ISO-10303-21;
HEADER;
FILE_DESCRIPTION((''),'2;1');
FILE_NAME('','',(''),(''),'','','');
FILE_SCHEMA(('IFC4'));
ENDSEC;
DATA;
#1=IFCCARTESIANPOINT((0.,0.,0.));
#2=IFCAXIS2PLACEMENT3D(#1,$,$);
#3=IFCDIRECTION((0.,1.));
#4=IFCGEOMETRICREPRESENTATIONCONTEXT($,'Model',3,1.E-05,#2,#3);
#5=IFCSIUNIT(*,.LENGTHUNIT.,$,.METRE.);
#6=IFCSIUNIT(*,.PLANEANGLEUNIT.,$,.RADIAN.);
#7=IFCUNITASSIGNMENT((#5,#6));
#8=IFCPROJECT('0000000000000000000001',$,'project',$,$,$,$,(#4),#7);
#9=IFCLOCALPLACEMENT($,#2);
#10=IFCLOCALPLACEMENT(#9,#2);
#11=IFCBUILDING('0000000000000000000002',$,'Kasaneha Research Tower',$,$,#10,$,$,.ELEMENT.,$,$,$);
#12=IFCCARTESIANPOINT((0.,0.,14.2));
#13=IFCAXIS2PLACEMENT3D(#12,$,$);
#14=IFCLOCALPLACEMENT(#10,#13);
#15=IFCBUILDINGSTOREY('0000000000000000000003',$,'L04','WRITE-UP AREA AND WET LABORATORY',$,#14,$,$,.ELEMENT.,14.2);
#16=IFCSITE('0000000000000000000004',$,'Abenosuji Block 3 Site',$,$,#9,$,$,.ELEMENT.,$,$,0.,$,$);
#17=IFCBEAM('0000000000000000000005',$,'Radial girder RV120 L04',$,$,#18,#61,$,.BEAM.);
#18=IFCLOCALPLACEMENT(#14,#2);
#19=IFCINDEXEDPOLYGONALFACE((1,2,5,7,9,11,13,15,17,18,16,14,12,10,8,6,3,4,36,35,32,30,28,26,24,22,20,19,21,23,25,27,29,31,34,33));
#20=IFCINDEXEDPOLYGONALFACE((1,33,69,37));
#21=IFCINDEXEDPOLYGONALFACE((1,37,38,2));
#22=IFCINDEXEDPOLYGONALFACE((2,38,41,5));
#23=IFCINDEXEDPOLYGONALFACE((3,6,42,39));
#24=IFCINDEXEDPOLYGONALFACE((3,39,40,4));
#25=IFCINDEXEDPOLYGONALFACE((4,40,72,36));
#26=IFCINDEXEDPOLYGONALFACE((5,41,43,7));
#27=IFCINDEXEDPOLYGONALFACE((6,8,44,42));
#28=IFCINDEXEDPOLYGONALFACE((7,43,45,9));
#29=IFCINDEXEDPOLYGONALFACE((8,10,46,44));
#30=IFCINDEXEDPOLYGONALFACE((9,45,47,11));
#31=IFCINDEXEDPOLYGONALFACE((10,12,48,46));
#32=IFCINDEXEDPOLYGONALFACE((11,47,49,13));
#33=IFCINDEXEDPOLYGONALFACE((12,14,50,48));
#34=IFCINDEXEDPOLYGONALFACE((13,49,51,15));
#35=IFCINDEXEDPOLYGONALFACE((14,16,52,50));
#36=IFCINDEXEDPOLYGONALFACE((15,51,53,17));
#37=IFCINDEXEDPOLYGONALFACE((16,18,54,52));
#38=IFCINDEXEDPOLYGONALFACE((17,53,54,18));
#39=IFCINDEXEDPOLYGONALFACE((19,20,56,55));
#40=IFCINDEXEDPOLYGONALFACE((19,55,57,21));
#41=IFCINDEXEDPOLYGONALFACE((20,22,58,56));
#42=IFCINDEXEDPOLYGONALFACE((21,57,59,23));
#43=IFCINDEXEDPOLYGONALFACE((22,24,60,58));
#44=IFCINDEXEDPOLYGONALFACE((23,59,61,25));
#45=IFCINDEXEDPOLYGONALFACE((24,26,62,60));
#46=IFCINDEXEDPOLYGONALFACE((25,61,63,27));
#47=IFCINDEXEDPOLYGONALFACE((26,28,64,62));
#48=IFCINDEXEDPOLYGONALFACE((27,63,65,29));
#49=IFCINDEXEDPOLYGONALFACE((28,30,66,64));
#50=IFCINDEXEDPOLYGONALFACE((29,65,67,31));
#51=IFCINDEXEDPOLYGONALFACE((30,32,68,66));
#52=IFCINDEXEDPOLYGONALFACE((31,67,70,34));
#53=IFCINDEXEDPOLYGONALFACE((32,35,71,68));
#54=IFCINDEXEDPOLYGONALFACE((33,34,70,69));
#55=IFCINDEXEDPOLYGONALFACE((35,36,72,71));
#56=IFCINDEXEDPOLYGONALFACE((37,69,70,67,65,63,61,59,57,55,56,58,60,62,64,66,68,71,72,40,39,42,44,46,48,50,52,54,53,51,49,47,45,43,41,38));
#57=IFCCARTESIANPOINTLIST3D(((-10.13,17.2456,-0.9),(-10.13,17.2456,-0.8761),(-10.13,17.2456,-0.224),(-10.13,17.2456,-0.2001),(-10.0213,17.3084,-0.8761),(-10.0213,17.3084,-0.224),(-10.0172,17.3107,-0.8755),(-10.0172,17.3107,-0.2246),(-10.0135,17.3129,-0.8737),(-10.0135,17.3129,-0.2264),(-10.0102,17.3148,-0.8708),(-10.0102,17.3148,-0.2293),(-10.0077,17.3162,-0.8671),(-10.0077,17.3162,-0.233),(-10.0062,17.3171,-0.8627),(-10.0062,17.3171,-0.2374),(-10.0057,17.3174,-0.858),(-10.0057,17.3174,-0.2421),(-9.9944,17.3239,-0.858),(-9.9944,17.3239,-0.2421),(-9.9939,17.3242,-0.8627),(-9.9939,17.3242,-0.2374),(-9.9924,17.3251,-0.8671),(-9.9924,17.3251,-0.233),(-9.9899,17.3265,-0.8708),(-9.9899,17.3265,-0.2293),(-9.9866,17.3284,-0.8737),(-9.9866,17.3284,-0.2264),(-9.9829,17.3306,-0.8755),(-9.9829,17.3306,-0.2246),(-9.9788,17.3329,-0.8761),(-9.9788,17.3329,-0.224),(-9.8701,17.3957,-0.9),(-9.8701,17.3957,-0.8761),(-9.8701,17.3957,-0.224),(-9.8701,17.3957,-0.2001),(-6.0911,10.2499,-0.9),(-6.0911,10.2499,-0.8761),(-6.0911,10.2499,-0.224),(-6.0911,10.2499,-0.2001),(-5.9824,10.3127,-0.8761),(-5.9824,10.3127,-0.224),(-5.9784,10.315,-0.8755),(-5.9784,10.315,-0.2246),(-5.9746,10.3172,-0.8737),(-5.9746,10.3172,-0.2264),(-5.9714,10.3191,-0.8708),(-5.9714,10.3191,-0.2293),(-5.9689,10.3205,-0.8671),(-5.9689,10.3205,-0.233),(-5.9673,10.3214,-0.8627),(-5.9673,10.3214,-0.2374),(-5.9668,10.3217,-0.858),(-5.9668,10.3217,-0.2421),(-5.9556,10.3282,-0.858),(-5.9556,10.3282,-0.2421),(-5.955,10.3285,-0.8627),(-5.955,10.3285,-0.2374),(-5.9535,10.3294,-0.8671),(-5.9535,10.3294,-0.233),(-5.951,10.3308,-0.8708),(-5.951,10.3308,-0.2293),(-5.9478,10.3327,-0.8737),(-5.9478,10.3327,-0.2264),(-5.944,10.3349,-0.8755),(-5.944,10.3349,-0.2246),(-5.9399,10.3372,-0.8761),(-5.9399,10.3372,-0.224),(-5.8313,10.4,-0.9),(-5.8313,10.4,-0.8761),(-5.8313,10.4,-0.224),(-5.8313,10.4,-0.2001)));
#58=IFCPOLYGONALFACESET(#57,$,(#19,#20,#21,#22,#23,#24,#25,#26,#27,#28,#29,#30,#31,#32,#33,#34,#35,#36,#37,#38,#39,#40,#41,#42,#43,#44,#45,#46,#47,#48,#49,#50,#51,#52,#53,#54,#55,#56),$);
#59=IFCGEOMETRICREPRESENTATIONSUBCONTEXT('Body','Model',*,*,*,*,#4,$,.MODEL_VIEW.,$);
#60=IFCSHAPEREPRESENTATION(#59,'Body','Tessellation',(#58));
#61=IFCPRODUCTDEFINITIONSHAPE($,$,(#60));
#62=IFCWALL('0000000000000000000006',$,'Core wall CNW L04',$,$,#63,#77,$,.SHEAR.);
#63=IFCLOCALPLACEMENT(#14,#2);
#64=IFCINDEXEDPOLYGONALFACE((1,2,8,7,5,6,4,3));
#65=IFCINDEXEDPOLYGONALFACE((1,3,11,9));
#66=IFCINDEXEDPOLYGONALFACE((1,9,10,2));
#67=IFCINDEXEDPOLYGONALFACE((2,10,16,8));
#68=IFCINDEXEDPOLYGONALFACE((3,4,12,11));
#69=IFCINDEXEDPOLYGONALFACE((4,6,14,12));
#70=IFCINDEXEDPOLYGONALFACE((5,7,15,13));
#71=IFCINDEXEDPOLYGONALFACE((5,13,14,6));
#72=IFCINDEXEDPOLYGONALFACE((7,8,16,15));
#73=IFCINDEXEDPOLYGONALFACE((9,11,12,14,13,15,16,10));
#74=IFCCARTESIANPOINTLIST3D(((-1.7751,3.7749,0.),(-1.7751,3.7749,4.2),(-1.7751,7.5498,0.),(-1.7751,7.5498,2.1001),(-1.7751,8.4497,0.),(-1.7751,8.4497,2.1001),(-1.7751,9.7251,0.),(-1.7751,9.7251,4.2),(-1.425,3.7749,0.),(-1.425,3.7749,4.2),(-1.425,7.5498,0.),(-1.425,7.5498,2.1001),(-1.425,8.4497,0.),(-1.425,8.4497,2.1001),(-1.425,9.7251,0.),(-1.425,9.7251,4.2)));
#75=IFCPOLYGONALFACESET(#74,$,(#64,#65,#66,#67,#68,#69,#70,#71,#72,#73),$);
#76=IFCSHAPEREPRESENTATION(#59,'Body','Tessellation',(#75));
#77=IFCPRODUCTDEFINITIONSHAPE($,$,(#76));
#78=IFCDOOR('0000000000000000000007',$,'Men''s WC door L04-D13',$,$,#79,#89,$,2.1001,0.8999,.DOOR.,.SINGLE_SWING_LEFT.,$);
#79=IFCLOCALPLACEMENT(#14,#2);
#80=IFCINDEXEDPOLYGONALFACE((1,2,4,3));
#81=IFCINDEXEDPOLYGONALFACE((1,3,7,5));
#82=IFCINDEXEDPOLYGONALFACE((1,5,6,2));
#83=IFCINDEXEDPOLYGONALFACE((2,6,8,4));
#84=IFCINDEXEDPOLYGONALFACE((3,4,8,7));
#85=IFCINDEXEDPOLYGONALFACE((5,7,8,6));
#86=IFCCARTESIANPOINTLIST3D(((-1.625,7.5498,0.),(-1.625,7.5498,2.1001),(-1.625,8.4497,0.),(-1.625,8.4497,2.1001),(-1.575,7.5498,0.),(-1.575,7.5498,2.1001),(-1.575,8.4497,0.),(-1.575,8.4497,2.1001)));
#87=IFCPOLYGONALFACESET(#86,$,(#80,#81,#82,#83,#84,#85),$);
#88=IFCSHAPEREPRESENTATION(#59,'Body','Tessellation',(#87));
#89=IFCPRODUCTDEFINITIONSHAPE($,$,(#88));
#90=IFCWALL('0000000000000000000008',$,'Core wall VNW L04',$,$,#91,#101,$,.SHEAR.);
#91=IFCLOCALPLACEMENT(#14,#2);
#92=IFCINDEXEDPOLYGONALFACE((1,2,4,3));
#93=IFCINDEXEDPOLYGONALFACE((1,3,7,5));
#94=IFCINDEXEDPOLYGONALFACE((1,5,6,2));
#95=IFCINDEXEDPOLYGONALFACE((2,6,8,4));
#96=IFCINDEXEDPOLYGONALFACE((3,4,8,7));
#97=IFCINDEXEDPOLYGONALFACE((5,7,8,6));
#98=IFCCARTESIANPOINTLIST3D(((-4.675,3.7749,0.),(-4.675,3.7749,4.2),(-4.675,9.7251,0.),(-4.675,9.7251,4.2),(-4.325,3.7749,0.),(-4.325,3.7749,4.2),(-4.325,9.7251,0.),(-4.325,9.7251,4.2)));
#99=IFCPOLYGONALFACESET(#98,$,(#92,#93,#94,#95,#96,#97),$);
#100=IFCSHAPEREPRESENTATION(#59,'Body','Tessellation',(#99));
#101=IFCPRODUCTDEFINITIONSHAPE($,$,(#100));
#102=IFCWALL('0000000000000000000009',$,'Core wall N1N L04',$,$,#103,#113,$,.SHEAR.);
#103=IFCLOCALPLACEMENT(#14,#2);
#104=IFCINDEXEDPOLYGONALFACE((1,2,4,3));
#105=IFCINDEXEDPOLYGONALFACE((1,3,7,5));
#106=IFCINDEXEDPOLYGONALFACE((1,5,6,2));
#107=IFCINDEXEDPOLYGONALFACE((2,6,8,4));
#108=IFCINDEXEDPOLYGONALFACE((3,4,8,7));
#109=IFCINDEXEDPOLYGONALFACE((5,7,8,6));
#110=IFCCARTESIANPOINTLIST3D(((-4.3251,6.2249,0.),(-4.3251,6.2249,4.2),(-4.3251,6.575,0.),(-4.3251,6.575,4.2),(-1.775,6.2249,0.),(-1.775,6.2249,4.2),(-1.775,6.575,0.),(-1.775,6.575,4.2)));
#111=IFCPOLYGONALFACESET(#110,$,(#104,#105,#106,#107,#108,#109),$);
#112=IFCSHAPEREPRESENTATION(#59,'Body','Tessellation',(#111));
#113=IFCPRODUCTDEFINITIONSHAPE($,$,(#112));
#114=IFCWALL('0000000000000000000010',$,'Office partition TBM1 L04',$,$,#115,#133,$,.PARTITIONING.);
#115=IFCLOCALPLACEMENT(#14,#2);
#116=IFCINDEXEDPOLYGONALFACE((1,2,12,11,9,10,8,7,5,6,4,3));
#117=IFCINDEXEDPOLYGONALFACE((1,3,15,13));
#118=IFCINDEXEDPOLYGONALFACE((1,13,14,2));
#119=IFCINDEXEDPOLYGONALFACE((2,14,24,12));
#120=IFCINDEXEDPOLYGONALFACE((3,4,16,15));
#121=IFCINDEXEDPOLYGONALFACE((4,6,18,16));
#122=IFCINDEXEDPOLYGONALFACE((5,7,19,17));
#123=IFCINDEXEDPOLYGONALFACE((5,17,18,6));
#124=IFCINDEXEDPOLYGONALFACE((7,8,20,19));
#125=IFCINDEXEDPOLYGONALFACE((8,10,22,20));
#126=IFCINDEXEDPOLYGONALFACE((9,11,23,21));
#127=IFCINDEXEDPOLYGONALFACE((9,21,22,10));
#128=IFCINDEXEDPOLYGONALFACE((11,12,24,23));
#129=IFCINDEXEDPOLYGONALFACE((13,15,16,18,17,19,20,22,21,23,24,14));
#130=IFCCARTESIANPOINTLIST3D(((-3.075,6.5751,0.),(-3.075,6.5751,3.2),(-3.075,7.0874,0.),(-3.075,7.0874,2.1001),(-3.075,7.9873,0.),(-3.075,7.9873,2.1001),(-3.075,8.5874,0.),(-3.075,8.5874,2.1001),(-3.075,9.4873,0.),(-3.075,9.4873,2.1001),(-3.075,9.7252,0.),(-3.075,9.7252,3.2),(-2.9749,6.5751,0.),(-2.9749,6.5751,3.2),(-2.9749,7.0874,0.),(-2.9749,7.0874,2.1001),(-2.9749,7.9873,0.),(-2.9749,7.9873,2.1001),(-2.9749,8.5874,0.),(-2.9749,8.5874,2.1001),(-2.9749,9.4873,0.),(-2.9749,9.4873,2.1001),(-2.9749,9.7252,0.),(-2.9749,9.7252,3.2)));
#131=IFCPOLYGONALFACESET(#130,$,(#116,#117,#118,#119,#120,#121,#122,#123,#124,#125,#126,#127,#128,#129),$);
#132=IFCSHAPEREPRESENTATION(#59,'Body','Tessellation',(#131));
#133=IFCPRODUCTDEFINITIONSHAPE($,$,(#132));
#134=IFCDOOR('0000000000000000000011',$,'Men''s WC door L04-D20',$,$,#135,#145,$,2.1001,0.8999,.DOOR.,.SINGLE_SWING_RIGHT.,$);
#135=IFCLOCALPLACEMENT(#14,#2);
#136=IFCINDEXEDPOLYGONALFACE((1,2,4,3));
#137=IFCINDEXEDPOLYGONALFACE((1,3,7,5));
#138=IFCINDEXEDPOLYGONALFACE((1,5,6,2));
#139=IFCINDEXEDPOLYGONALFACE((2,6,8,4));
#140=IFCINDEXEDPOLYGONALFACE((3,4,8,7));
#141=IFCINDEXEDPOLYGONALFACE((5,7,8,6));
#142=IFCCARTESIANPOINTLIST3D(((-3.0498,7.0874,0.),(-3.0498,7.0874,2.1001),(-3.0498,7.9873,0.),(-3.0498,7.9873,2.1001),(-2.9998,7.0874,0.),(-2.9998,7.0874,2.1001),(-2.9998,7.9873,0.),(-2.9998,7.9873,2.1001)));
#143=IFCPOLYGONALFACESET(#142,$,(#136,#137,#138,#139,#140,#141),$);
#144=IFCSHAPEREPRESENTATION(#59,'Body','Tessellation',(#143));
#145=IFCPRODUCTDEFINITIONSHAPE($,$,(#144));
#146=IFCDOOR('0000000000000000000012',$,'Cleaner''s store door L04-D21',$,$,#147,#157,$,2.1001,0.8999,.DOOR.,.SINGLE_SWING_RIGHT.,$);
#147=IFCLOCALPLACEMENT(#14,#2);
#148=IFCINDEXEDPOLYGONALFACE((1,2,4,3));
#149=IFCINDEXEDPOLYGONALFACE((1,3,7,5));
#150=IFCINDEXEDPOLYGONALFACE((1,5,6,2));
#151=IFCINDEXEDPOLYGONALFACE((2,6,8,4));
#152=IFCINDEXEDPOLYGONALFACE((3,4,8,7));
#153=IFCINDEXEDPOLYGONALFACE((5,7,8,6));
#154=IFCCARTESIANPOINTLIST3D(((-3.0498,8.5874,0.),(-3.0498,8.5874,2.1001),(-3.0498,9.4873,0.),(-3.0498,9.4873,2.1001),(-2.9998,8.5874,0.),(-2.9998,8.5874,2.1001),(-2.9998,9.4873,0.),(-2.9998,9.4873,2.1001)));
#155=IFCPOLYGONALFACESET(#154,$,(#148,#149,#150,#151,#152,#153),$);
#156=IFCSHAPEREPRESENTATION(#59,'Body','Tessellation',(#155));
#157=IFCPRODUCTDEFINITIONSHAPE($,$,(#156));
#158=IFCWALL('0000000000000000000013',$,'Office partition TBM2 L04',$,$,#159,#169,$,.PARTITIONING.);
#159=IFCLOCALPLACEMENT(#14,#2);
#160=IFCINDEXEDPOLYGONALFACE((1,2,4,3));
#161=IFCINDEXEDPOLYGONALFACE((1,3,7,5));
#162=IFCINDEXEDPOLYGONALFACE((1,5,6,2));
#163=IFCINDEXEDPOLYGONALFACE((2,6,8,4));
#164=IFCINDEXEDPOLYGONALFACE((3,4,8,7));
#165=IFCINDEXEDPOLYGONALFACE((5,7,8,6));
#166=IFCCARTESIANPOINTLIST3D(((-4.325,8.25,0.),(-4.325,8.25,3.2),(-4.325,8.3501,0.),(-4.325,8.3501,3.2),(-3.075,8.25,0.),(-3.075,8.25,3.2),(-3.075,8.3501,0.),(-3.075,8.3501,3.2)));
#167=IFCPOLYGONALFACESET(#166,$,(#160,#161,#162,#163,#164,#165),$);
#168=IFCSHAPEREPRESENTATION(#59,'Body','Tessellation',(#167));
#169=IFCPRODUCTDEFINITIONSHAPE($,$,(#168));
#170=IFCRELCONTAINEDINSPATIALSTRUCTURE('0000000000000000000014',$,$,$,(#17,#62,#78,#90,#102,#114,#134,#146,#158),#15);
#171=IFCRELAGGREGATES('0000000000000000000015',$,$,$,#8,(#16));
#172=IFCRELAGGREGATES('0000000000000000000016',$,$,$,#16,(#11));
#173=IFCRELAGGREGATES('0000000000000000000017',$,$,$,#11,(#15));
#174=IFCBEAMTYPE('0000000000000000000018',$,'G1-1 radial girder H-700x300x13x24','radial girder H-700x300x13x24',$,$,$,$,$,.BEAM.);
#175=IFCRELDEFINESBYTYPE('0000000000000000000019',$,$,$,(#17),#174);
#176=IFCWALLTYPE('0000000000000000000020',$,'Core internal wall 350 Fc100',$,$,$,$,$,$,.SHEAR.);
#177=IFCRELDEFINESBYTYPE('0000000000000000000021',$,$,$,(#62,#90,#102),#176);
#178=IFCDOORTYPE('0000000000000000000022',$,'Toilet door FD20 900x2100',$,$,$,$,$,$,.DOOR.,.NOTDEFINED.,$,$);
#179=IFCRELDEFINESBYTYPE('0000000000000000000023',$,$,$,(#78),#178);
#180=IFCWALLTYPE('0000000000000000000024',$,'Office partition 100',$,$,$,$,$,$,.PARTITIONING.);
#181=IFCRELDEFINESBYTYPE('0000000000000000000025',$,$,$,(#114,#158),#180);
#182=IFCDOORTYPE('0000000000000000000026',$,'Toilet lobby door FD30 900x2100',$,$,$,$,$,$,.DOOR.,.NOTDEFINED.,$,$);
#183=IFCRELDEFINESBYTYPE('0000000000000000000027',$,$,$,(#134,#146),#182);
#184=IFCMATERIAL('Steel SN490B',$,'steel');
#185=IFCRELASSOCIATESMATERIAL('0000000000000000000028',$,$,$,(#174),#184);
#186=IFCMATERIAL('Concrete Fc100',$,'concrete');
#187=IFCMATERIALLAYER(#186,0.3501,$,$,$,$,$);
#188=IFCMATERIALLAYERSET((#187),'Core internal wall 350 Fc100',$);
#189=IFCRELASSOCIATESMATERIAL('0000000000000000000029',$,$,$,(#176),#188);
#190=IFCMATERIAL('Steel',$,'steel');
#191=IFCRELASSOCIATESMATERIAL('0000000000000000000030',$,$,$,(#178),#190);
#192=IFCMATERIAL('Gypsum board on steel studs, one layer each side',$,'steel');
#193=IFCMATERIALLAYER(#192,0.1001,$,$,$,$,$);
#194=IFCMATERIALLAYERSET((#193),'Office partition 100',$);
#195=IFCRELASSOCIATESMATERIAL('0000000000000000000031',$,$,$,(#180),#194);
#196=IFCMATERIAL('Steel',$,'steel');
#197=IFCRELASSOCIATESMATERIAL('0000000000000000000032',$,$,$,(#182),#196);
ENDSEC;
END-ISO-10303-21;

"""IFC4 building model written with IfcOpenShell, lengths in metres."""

from ifc_helpers import new_model, si_unit, direction, frame, frame_2d, origin, origin_2d, place, context, subcontext, project, spatial, rectangle, i_section, extrude, material, layer, layer_set, material_profile, profile_set, type_object, element, fill, save


model = new_model("IFC4")

# Units and contexts
model_context = context("Model", 3, precision=1e-05, world=origin(), true_north=direction((0.0, 1.0)))
body_context = subcontext(model_context, "Body", "Model", "MODEL_VIEW")
ifc_project = project(units=[si_unit("LENGTHUNIT", "METRE"), si_unit("PLANEANGLEUNIT", "RADIAN")], contexts=[model_context])

# Site, building, storey
site_placement = place(None, origin())
site = spatial("IfcSite", under=ifc_project, at=site_placement, Name="Abenosuji Block 3 Site", CompositionType="ELEMENT", RefElevation=0.0)
building_placement = place(site_placement, origin())
building = spatial("IfcBuilding", under=site, at=building_placement, Name="Kasaneha Research Tower", CompositionType="ELEMENT")
storey_placement = place(building_placement, frame((0.0, 0.0, 14.2)))
storey = spatial("IfcBuildingStorey", under=building, at=storey_placement, Name="L04", Description="WRITE-UP AREA AND WET LABORATORY", CompositionType="ELEMENT", Elevation=14.2)

# Beam
ifc_material_1 = material(Name="Steel SN490B", Category="steel")
ifc_material_profile = material_profile(ifc_material_1, i_section(OverallWidth=0.3, OverallDepth=0.7, WebThickness=0.0129, FlangeThickness=0.0239, FilletRadius=0.0181, at=origin_2d()), Name="H-700x300x13x24")
ifc_profile_set = profile_set([ifc_material_profile], Name="Steel SN490B")
beam_type = type_object("IfcBeamType", Name="G1-1 radial girder H-700x300x13x24", Description="radial girder H-700x300x13x24", PredefinedType="BEAM", material=ifc_profile_set)
beam_placement = place(storey_placement, frame((-5.9612, 10.325, -0.55), z_axis=(-0.499991, 0.866031, 0.0), x_axis=(-0.866031, -0.499991, 0.0)))
element("IfcBeam", 1, at=beam_placement, inside=storey, type_object=beam_type, Name="Radial girder RV120 L04", PredefinedType="BEAM", context=body_context, shape_type="SweptSolid", body=[
    extrude(i_section(OverallWidth=0.3, OverallDepth=0.7, WebThickness=0.0129, FlangeThickness=0.0239, FilletRadius=0.0181, at=origin_2d()), origin(), (0.0, 0.0, 1.0), 8.0779),
])

# Wall, opening, door
ifc_material_2 = material(Name="Concrete Fc100", Category="concrete")
ifc_layer_1 = layer(ifc_material_2, 0.3501)
ifc_layer_set_1 = layer_set([ifc_layer_1], Name="Core internal wall 350 Fc100")
wall_type_1 = type_object("IfcWallType", Name="Core internal wall 350 Fc100", PredefinedType="SHEAR", material=ifc_layer_set_1)
wall_1_placement = place(storey_placement, frame((-1.6001, 3.7749, 0.0), z_axis=(0.0, 0.0, 1.0), x_axis=(0.0, 1.0, 0.0)))
wall_1 = element("IfcWall", 2, at=wall_1_placement, inside=storey, type_object=wall_type_1, Name="Core wall CNW L04", PredefinedType="SHEAR", context=body_context, shape_type="SweptSolid", body=[
    extrude(rectangle(XDim=5.9502, YDim=0.3501, at=frame_2d((2.9751, 0.0))), origin(), (0.0, 0.0, 1.0), 4.2),
])
opening_1_placement = place(wall_1_placement, frame((3.7749, 0.0, 0.0)))
opening_1 = element("IfcOpeningElement", 3, at=opening_1_placement, cuts=wall_1, PredefinedType="OPENING", context=body_context, shape_type="SweptSolid", body=[
    extrude(rectangle(XDim=0.8999, YDim=2.1001, at=frame_2d((0.45, 1.05))), frame((0.0, 0.1851, 0.0), z_axis=(0.0, -1.0, 0.0), x_axis=(1.0, 0.0, 0.0)), (0.0, 0.0, 1.0), 0.3701),
])
ifc_material_3 = material(Name="Steel", Category="steel")
door_type_1 = type_object("IfcDoorType", Name="Toilet door FD20 900x2100", OperationType="NOTDEFINED", PredefinedType="DOOR", material=ifc_material_3)
door_1_placement = place(opening_1_placement, origin())
door_1 = element("IfcDoor", 4, at=door_1_placement, inside=storey, type_object=door_type_1, Name="Men's WC door L04-D13", OperationType="SINGLE_SWING_LEFT", OverallHeight=2.1001, OverallWidth=0.8999, PredefinedType="DOOR", context=body_context, shape_type="SweptSolid", body=[
    extrude(rectangle(XDim=0.8999, YDim=2.1001, at=frame_2d((0.45, 1.05))), frame((0.0, 0.0249, 0.0), z_axis=(0.0, -1.0, 0.0), x_axis=(1.0, 0.0, 0.0)), (0.0, 0.0, 1.0), 0.05),
])
fill(opening_1, door_1)

# Walls
wall_2_placement = place(storey_placement, frame((-4.5, 3.7749, 0.0), z_axis=(0.0, 0.0, 1.0), x_axis=(0.0, 1.0, 0.0)))
element("IfcWall", 5, at=wall_2_placement, inside=storey, type_object=wall_type_1, Name="Core wall VNW L04", PredefinedType="SHEAR", context=body_context, shape_type="SweptSolid", body=[
    extrude(rectangle(XDim=5.9502, YDim=0.3501, at=frame_2d((2.9751, 0.0))), origin(), (0.0, 0.0, 1.0), 4.2),
])
wall_3_placement = place(storey_placement, frame((-4.325, 6.3999, 0.0), z_axis=(0.0, 0.0, 1.0), x_axis=(1.0, 0.0, 0.0)))
element("IfcWall", 6, at=wall_3_placement, inside=storey, type_object=wall_type_1, Name="Core wall N1N L04", PredefinedType="SHEAR", context=body_context, shape_type="SweptSolid", body=[
    extrude(rectangle(XDim=2.55, YDim=0.3501, at=frame_2d((1.2749, 0.0))), origin(), (0.0, 0.0, 1.0), 4.2),
])

# Wall, openings, doors
ifc_material_4 = material(Name="Gypsum board on steel studs, one layer each side", Category="steel")
ifc_layer_2 = layer(ifc_material_4, 0.1001)
ifc_layer_set_2 = layer_set([ifc_layer_2], Name="Office partition 100")
wall_type_2 = type_object("IfcWallType", Name="Office partition 100", PredefinedType="PARTITIONING", material=ifc_layer_set_2)
wall_4_placement = place(storey_placement, frame((-3.0249, 6.575, 0.0), z_axis=(0.0, 0.0, 1.0), x_axis=(0.0, 1.0, 0.0)))
wall_4 = element("IfcWall", 7, at=wall_4_placement, inside=storey, type_object=wall_type_2, Name="Office partition TBM1 L04", PredefinedType="PARTITIONING", context=body_context, shape_type="SweptSolid", body=[
    extrude(rectangle(XDim=3.1501, YDim=0.1001, at=frame_2d((1.5752, 0.0))), origin(), (0.0, 0.0, 1.0), 3.2),
])
opening_2_placement = place(wall_4_placement, frame((0.5125, 0.0, 0.0)))
opening_2 = element("IfcOpeningElement", 8, at=opening_2_placement, cuts=wall_4, PredefinedType="OPENING", context=body_context, shape_type="SweptSolid", body=[
    extrude(rectangle(XDim=0.8999, YDim=2.1001, at=frame_2d((0.45, 1.05))), frame((0.0, 0.0601, 0.0), z_axis=(0.0, -1.0, 0.0), x_axis=(1.0, 0.0, 0.0)), (0.0, 0.0, 1.0), 0.1201),
])
opening_3_placement = place(wall_4_placement, frame((2.0125, 0.0, 0.0)))
opening_3 = element("IfcOpeningElement", 9, at=opening_3_placement, cuts=wall_4, PredefinedType="OPENING", context=body_context, shape_type="SweptSolid", body=[
    extrude(rectangle(XDim=0.8999, YDim=2.1001, at=frame_2d((0.45, 1.05))), frame((0.0, 0.0601, 0.0), z_axis=(0.0, -1.0, 0.0), x_axis=(1.0, 0.0, 0.0)), (0.0, 0.0, 1.0), 0.1201),
])
ifc_material_5 = material(Name="Steel", Category="steel")
door_type_2 = type_object("IfcDoorType", Name="Toilet lobby door FD30 900x2100", OperationType="NOTDEFINED", PredefinedType="DOOR", material=ifc_material_5)
door_2_placement = place(opening_2_placement, origin())
door_2 = element("IfcDoor", 10, at=door_2_placement, inside=storey, type_object=door_type_2, Name="Men's WC door L04-D20", OperationType="SINGLE_SWING_RIGHT", OverallHeight=2.1001, OverallWidth=0.8999, PredefinedType="DOOR", context=body_context, shape_type="SweptSolid", body=[
    extrude(rectangle(XDim=0.8999, YDim=2.1001, at=frame_2d((0.45, 1.05))), frame((0.0, 0.0249, 0.0), z_axis=(0.0, -1.0, 0.0), x_axis=(1.0, 0.0, 0.0)), (0.0, 0.0, 1.0), 0.05),
])
fill(opening_2, door_2)
door_3_placement = place(opening_3_placement, origin())
door_3 = element("IfcDoor", 11, at=door_3_placement, inside=storey, type_object=door_type_2, Name="Cleaner's store door L04-D21", OperationType="SINGLE_SWING_RIGHT", OverallHeight=2.1001, OverallWidth=0.8999, PredefinedType="DOOR", context=body_context, shape_type="SweptSolid", body=[
    extrude(rectangle(XDim=0.8999, YDim=2.1001, at=frame_2d((0.45, 1.05))), frame((0.0, 0.0249, 0.0), z_axis=(0.0, -1.0, 0.0), x_axis=(1.0, 0.0, 0.0)), (0.0, 0.0, 1.0), 0.05),
])
fill(opening_3, door_3)

# Wall
wall_5_placement = place(storey_placement, frame((-3.075, 8.3, 0.0), z_axis=(0.0, 0.0, 1.0), x_axis=(-1.0, 0.0, 0.0)))
element("IfcWall", 12, at=wall_5_placement, inside=storey, type_object=wall_type_2, Name="Office partition TBM2 L04", PredefinedType="PARTITIONING", context=body_context, shape_type="SweptSolid", body=[
    extrude(rectangle(XDim=1.25, YDim=0.1001, at=frame_2d((0.625, 0.0))), origin(), (0.0, 0.0, 1.0), 3.2),
])

save(model, "model.ifc")
